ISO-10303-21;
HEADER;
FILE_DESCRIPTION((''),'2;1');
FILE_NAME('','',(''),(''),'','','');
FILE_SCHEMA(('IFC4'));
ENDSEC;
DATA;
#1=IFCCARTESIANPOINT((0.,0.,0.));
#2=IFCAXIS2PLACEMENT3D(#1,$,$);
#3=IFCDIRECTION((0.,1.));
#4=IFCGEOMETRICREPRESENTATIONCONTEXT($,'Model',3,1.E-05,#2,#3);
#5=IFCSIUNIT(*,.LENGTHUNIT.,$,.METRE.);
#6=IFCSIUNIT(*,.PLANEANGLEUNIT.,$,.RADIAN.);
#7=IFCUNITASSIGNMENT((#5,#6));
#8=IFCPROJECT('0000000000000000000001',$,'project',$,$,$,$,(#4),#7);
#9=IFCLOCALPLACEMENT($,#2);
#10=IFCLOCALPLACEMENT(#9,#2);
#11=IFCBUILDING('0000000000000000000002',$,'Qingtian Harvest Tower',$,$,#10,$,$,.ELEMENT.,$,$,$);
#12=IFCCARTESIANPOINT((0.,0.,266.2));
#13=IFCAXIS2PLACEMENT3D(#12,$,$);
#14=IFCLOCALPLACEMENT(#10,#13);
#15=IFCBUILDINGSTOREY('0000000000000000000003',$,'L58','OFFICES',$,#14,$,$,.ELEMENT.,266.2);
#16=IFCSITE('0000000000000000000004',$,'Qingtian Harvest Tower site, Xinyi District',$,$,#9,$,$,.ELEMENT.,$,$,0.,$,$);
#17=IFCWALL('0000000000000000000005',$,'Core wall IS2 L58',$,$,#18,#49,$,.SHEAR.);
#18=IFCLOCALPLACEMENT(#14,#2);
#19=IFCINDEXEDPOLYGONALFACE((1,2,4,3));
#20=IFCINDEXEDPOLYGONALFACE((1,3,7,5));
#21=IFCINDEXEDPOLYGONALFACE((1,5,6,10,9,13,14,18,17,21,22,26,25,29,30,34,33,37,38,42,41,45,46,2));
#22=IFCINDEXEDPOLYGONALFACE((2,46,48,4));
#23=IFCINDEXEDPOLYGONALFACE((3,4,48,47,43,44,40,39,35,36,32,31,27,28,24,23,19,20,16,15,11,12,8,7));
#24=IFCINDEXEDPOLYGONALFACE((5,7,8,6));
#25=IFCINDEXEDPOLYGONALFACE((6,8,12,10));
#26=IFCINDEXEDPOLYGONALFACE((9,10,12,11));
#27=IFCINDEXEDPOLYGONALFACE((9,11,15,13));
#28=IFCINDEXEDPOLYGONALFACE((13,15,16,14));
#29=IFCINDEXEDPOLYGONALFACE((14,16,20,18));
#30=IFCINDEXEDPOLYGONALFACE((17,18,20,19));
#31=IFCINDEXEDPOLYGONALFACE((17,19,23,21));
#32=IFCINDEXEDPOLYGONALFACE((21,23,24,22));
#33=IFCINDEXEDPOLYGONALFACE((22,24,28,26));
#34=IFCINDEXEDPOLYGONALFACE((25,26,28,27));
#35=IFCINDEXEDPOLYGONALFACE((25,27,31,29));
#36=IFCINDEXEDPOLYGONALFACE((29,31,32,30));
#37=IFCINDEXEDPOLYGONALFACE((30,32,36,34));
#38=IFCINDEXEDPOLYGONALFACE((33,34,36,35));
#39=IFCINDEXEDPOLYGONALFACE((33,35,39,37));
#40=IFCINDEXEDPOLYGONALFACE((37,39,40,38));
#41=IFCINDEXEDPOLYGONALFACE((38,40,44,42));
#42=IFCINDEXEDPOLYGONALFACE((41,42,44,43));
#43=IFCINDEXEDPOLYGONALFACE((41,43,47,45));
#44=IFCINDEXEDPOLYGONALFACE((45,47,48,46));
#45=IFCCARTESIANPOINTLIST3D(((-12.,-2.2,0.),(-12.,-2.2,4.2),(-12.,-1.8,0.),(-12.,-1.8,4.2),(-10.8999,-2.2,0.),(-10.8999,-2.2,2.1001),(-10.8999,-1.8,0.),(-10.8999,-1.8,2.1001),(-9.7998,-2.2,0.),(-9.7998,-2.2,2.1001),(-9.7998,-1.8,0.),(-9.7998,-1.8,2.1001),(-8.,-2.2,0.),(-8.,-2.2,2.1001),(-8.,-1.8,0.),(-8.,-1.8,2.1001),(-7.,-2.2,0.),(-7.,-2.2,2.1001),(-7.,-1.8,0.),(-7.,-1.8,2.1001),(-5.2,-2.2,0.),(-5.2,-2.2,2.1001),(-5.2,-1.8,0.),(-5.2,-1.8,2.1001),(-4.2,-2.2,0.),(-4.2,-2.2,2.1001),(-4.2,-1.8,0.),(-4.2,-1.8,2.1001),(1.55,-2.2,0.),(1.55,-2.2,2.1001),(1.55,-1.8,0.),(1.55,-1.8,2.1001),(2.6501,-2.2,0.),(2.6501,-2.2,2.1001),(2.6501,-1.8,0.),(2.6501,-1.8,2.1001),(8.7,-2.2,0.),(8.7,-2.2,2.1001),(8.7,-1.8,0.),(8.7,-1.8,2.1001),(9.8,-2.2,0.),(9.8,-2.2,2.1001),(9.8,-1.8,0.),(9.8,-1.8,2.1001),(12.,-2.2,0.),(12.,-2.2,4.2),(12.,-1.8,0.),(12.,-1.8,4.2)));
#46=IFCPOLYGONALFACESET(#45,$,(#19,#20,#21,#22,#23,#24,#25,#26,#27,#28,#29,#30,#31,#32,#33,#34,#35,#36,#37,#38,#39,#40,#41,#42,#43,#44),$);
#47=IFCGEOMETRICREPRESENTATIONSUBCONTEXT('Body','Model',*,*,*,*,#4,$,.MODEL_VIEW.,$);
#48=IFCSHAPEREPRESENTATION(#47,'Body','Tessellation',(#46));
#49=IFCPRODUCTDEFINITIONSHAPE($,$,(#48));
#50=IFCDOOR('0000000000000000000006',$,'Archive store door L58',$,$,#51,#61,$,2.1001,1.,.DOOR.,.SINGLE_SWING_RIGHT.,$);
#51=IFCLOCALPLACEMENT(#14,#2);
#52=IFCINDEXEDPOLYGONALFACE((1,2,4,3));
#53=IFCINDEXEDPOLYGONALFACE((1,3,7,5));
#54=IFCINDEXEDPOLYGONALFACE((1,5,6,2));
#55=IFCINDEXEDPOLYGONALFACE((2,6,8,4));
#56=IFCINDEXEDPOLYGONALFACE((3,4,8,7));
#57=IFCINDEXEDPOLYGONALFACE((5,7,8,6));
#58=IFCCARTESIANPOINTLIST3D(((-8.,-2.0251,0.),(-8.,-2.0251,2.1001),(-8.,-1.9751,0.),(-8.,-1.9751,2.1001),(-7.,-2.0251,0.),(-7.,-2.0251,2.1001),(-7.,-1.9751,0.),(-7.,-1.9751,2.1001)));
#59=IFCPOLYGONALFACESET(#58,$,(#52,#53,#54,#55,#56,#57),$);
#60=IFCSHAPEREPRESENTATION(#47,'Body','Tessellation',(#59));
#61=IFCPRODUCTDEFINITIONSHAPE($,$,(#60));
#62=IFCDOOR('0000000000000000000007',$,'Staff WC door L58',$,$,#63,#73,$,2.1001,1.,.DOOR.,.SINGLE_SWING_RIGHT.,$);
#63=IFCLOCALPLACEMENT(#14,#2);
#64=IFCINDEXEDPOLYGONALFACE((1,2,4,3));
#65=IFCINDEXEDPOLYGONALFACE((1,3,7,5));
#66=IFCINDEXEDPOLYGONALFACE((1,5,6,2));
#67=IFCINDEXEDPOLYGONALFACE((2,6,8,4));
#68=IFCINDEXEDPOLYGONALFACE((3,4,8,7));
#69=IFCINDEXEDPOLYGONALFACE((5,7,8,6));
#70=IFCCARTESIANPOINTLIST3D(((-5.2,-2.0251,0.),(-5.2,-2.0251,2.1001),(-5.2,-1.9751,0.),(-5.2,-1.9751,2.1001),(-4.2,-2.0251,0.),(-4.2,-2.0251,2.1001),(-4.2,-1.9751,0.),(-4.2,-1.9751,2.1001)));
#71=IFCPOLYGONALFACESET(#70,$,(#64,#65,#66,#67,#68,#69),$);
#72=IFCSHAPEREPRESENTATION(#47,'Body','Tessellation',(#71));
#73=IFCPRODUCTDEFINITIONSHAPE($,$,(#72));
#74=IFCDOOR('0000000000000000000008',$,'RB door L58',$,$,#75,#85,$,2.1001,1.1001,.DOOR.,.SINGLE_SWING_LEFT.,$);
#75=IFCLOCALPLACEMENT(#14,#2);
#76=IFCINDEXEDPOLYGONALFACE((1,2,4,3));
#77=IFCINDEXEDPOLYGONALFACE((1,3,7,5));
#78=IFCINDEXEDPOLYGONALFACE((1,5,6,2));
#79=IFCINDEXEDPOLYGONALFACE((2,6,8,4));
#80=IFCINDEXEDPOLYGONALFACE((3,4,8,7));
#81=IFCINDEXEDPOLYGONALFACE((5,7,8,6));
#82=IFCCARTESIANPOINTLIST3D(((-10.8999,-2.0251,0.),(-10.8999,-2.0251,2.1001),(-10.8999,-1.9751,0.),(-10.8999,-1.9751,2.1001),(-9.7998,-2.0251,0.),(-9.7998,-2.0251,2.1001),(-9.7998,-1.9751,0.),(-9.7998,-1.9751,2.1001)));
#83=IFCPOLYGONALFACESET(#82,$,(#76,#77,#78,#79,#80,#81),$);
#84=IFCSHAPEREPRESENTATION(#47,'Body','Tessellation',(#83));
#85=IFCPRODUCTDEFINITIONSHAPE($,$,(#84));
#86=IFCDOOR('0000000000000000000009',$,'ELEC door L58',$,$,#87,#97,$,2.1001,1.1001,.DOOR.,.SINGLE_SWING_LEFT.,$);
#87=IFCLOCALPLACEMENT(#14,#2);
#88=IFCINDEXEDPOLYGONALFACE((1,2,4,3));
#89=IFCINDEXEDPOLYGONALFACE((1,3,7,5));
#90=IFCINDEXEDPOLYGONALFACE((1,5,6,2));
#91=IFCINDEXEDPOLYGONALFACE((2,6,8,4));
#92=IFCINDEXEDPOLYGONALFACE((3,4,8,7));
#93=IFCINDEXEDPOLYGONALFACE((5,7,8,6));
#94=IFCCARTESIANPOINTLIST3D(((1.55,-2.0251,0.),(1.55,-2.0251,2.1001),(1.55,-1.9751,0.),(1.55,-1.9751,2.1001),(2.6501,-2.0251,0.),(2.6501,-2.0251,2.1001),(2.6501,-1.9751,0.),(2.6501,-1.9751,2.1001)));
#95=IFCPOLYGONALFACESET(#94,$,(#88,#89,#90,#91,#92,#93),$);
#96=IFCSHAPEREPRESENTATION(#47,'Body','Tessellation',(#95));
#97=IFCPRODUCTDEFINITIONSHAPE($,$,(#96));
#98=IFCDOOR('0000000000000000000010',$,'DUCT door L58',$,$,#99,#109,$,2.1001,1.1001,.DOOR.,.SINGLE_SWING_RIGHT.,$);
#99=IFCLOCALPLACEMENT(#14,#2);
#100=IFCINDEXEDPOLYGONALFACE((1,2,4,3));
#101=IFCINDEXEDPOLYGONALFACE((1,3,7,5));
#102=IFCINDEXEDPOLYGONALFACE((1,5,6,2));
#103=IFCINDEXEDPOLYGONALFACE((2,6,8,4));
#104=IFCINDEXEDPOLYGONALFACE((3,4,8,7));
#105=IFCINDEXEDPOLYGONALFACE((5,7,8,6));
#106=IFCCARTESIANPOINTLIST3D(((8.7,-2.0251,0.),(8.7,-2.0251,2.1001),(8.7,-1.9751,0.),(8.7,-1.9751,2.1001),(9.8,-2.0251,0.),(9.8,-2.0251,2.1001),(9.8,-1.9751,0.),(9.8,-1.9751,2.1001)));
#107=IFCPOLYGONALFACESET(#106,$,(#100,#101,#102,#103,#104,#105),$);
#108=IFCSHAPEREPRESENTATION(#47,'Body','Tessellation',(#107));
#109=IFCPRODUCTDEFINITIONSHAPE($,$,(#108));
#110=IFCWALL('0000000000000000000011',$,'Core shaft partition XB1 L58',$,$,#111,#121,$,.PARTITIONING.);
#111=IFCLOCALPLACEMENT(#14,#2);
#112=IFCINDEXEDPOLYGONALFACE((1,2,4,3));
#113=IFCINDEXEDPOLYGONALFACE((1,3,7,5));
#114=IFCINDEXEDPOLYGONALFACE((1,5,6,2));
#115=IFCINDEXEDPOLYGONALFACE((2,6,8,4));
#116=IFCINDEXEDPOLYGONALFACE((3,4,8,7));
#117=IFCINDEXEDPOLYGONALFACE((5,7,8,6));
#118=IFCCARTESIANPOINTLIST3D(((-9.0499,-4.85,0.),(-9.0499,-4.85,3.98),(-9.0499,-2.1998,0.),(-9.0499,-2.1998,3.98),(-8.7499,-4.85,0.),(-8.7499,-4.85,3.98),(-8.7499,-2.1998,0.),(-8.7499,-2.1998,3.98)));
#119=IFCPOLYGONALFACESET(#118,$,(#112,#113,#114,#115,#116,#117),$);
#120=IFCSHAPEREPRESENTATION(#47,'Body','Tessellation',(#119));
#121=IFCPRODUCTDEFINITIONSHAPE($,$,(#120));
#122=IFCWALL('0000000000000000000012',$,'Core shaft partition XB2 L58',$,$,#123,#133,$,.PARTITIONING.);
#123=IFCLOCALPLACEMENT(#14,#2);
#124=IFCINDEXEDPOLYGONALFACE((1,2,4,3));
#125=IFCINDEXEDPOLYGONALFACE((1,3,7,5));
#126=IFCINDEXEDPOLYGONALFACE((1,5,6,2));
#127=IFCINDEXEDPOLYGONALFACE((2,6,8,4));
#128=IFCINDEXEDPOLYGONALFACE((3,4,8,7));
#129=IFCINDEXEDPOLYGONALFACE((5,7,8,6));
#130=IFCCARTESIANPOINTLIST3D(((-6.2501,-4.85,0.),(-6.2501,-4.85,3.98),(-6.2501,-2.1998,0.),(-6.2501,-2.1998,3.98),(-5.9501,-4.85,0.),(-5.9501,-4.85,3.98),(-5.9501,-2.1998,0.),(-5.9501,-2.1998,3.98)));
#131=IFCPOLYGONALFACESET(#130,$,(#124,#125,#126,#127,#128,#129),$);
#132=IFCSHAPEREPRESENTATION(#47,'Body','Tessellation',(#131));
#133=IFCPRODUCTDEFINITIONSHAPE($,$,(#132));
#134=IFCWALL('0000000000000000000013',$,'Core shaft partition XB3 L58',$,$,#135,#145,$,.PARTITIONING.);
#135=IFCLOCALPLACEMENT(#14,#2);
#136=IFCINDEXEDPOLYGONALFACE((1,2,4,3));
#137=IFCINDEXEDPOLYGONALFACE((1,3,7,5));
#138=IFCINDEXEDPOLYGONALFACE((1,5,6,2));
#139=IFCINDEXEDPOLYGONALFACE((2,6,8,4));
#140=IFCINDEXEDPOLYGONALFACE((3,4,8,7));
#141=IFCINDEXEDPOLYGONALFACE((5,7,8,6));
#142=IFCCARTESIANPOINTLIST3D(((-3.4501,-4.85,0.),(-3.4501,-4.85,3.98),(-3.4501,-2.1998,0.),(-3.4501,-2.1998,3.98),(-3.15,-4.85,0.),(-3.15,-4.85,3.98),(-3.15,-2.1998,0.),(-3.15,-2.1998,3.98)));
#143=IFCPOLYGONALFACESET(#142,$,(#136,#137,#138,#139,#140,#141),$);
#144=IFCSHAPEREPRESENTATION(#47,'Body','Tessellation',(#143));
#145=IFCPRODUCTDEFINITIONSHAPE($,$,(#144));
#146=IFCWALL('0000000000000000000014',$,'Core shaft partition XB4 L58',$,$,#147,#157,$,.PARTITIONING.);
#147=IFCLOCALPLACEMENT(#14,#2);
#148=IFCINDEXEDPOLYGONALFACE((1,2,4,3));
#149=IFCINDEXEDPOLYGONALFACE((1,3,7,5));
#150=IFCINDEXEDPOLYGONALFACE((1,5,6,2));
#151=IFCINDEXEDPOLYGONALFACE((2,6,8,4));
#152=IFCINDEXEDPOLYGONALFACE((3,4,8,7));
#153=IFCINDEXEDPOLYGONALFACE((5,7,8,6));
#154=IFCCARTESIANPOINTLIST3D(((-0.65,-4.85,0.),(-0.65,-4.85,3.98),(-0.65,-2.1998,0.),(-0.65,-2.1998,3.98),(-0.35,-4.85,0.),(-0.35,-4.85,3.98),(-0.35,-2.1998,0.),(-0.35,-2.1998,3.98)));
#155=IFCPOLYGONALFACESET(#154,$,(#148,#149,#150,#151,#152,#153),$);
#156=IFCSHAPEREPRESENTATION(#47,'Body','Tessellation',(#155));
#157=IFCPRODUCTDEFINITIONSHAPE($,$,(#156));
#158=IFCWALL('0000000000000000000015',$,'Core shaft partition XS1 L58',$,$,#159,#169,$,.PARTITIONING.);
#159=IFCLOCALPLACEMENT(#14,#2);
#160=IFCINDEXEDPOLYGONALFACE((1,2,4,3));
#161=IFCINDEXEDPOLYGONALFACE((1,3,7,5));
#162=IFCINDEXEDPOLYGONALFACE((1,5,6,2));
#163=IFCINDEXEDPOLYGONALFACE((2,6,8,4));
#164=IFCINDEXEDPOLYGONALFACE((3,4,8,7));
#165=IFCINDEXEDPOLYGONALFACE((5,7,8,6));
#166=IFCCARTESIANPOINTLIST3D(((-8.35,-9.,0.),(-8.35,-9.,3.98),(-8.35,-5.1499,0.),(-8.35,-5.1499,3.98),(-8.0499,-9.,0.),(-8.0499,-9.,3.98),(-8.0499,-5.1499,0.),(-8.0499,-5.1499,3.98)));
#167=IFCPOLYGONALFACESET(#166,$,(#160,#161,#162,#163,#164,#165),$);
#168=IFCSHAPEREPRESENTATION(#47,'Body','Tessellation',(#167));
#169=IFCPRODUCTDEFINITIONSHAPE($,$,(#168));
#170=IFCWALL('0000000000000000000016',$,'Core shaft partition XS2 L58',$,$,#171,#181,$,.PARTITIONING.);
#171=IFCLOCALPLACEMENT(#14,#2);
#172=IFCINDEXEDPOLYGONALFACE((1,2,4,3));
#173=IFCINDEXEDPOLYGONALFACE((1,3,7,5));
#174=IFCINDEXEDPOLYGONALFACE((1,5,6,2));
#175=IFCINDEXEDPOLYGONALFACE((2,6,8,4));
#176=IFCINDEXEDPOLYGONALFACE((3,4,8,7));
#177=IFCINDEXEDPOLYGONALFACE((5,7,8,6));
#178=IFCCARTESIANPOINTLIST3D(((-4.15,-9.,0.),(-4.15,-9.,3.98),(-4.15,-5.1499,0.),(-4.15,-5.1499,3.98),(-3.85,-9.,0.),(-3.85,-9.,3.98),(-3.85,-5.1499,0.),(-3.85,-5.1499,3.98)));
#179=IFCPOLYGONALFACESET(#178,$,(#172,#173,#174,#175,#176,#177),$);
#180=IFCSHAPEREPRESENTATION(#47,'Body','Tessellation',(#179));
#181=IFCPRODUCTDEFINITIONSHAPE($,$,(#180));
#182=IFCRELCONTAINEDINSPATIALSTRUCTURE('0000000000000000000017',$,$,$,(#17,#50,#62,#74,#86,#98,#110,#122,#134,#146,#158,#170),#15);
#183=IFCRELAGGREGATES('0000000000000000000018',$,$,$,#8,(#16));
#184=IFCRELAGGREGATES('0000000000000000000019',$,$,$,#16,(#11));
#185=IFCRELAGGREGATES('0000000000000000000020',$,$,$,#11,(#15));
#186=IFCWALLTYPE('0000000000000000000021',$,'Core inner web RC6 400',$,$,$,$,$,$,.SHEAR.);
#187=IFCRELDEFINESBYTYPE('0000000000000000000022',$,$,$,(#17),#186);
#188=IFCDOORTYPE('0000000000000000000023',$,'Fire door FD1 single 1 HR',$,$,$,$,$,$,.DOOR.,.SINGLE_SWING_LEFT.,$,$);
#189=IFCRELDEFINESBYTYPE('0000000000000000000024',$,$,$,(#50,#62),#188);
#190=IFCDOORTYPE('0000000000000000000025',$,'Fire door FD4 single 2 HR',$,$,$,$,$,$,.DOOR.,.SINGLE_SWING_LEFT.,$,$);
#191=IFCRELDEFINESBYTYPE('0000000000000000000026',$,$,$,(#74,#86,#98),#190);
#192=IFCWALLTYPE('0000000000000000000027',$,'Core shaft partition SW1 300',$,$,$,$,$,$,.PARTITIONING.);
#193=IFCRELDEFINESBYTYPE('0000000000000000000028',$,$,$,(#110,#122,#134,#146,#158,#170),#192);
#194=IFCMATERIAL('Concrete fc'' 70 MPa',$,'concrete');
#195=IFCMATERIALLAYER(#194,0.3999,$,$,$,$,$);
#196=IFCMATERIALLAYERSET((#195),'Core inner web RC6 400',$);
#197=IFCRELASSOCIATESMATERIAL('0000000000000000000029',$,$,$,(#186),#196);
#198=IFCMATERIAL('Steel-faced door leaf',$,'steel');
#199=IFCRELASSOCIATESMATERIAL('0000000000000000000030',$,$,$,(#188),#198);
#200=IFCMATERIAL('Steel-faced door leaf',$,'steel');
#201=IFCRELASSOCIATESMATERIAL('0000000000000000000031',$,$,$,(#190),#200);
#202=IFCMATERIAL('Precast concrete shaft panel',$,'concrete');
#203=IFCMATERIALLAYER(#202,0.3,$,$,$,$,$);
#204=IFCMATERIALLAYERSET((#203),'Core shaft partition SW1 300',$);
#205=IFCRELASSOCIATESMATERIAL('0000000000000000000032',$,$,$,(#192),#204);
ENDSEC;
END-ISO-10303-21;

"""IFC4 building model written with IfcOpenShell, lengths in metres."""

from ifc_helpers import new_model, si_unit, direction, frame, frame_2d, origin, place, context, subcontext, project, spatial, rectangle, extrude, material, layer, layer_set, type_object, element, fill, save


model = new_model("IFC4")

# Units and contexts
model_context = context("Model", 3, precision=1e-05, world=origin(), true_north=direction((0.0, 1.0)))
body_context = subcontext(model_context, "Body", "Model", "MODEL_VIEW")
ifc_project = project(units=[si_unit("LENGTHUNIT", "METRE"), si_unit("PLANEANGLEUNIT", "RADIAN")], contexts=[model_context])

# Site, building, storey
site_placement = place(None, origin())
site = spatial("IfcSite", under=ifc_project, at=site_placement, Name="Qingtian Harvest Tower site, Xinyi District", CompositionType="ELEMENT", RefElevation=0.0)
building_placement = place(site_placement, origin())
building = spatial("IfcBuilding", under=site, at=building_placement, Name="Qingtian Harvest Tower", CompositionType="ELEMENT")
storey_placement = place(building_placement, frame((0.0, 0.0, 266.2)))
storey = spatial("IfcBuildingStorey", under=building, at=storey_placement, Name="L58", Description="OFFICES", CompositionType="ELEMENT", Elevation=266.2)

# Wall, openings, doors
ifc_material_1 = material(Name="Concrete fc' 70 MPa", Category="concrete")
ifc_layer_1 = layer(ifc_material_1, 0.3999)
ifc_layer_set_1 = layer_set([ifc_layer_1], Name="Core inner web RC6 400")
wall_type_1 = type_object("IfcWallType", Name="Core inner web RC6 400", PredefinedType="SHEAR", material=ifc_layer_set_1)
wall_1_placement = place(storey_placement, frame((-12.0, -2.0, 0.0), z_axis=(0.0, 0.0, 1.0), x_axis=(1.0, 0.0, 0.0)))
wall_1 = element("IfcWall", 1, at=wall_1_placement, inside=storey, type_object=wall_type_1, Name="Core wall IS2 L58", PredefinedType="SHEAR", context=body_context, shape_type="SweptSolid", body=[
    extrude(rectangle(XDim=24.0, YDim=0.3999, at=frame_2d((12.0, 0.0))), origin(), (0.0, 0.0, 1.0), 4.2),
])
opening_1_placement = place(wall_1_placement, frame((1.1001, 0.0, 0.0)))
opening_1 = element("IfcOpeningElement", 2, at=opening_1_placement, cuts=wall_1, PredefinedType="OPENING", context=body_context, shape_type="SweptSolid", body=[
    extrude(rectangle(XDim=1.1001, YDim=2.1001, at=frame_2d((0.55, 1.05))), frame((0.0, 0.21, 0.0), z_axis=(0.0, -1.0, 0.0), x_axis=(1.0, 0.0, 0.0)), (0.0, 0.0, 1.0), 0.4199),
])
opening_2_placement = place(wall_1_placement, frame((13.55, 0.0, 0.0)))
opening_2 = element("IfcOpeningElement", 3, at=opening_2_placement, cuts=wall_1, PredefinedType="OPENING", context=body_context, shape_type="SweptSolid", body=[
    extrude(rectangle(XDim=1.1001, YDim=2.1001, at=frame_2d((0.55, 1.05))), frame((0.0, 0.21, 0.0), z_axis=(0.0, -1.0, 0.0), x_axis=(1.0, 0.0, 0.0)), (0.0, 0.0, 1.0), 0.4199),
])
opening_3_placement = place(wall_1_placement, frame((20.7, 0.0, 0.0)))
opening_3 = element("IfcOpeningElement", 4, at=opening_3_placement, cuts=wall_1, PredefinedType="OPENING", context=body_context, shape_type="SweptSolid", body=[
    extrude(rectangle(XDim=1.1001, YDim=2.1001, at=frame_2d((0.55, 1.05))), frame((0.0, 0.21, 0.0), z_axis=(0.0, -1.0, 0.0), x_axis=(1.0, 0.0, 0.0)), (0.0, 0.0, 1.0), 0.4199),
])
opening_4_placement = place(wall_1_placement, frame((4.0, 0.0, 0.0)))
opening_4 = element("IfcOpeningElement", 5, at=opening_4_placement, cuts=wall_1, PredefinedType="OPENING", context=body_context, shape_type="SweptSolid", body=[
    extrude(rectangle(XDim=1.0, YDim=2.1001, at=frame_2d((0.5, 1.05))), frame((0.0, 0.21, 0.0), z_axis=(0.0, -1.0, 0.0), x_axis=(1.0, 0.0, 0.0)), (0.0, 0.0, 1.0), 0.4199),
])
opening_5_placement = place(wall_1_placement, frame((6.8, 0.0, 0.0)))
opening_5 = element("IfcOpeningElement", 6, at=opening_5_placement, cuts=wall_1, PredefinedType="OPENING", context=body_context, shape_type="SweptSolid", body=[
    extrude(rectangle(XDim=1.0, YDim=2.1001, at=frame_2d((0.5, 1.05))), frame((0.0, 0.21, 0.0), z_axis=(0.0, -1.0, 0.0), x_axis=(1.0, 0.0, 0.0)), (0.0, 0.0, 1.0), 0.4199),
])
ifc_material_2 = material(Name="Steel-faced door leaf", Category="steel")
door_type_1 = type_object("IfcDoorType", Name="Fire door FD1 single 1 HR", OperationType="SINGLE_SWING_LEFT", PredefinedType="DOOR", material=ifc_material_2)
door_1_placement = place(opening_4_placement, origin())
door_1 = element("IfcDoor", 7, at=door_1_placement, inside=storey, type_object=door_type_1, Name="Archive store door L58", OperationType="SINGLE_SWING_RIGHT", OverallHeight=2.1001, OverallWidth=1.0, PredefinedType="DOOR", context=body_context, shape_type="SweptSolid", body=[
    extrude(rectangle(XDim=1.0, YDim=2.1001, at=frame_2d((0.5, 1.05))), frame((0.0, 0.0249, 0.0), z_axis=(0.0, -1.0, 0.0), x_axis=(1.0, 0.0, 0.0)), (0.0, 0.0, 1.0), 0.05),
])
fill(opening_4, door_1)
door_2_placement = place(opening_5_placement, origin())
door_2 = element("IfcDoor", 8, at=door_2_placement, inside=storey, type_object=door_type_1, Name="Staff WC door L58", OperationType="SINGLE_SWING_RIGHT", OverallHeight=2.1001, OverallWidth=1.0, PredefinedType="DOOR", context=body_context, shape_type="SweptSolid", body=[
    extrude(rectangle(XDim=1.0, YDim=2.1001, at=frame_2d((0.5, 1.05))), frame((0.0, 0.0249, 0.0), z_axis=(0.0, -1.0, 0.0), x_axis=(1.0, 0.0, 0.0)), (0.0, 0.0, 1.0), 0.05),
])
fill(opening_5, door_2)
ifc_material_3 = material(Name="Steel-faced door leaf", Category="steel")
door_type_2 = type_object("IfcDoorType", Name="Fire door FD4 single 2 HR", OperationType="SINGLE_SWING_LEFT", PredefinedType="DOOR", material=ifc_material_3)
door_3_placement = place(opening_1_placement, origin())
door_3 = element("IfcDoor", 9, at=door_3_placement, inside=storey, type_object=door_type_2, Name="RB door L58", OperationType="SINGLE_SWING_LEFT", OverallHeight=2.1001, OverallWidth=1.1001, PredefinedType="DOOR", context=body_context, shape_type="SweptSolid", body=[
    extrude(rectangle(XDim=1.1001, YDim=2.1001, at=frame_2d((0.55, 1.05))), frame((0.0, 0.0249, 0.0), z_axis=(0.0, -1.0, 0.0), x_axis=(1.0, 0.0, 0.0)), (0.0, 0.0, 1.0), 0.05),
])
fill(opening_1, door_3)
door_4_placement = place(opening_2_placement, origin())
door_4 = element("IfcDoor", 10, at=door_4_placement, inside=storey, type_object=door_type_2, Name="ELEC door L58", OperationType="SINGLE_SWING_LEFT", OverallHeight=2.1001, OverallWidth=1.1001, PredefinedType="DOOR", context=body_context, shape_type="SweptSolid", body=[
    extrude(rectangle(XDim=1.1001, YDim=2.1001, at=frame_2d((0.55, 1.05))), frame((0.0, 0.0249, 0.0), z_axis=(0.0, -1.0, 0.0), x_axis=(1.0, 0.0, 0.0)), (0.0, 0.0, 1.0), 0.05),
])
fill(opening_2, door_4)
door_5_placement = place(opening_3_placement, origin())
door_5 = element("IfcDoor", 11, at=door_5_placement, inside=storey, type_object=door_type_2, Name="DUCT door L58", OperationType="SINGLE_SWING_RIGHT", OverallHeight=2.1001, OverallWidth=1.1001, PredefinedType="DOOR", context=body_context, shape_type="SweptSolid", body=[
    extrude(rectangle(XDim=1.1001, YDim=2.1001, at=frame_2d((0.55, 1.05))), frame((0.0, 0.0249, 0.0), z_axis=(0.0, -1.0, 0.0), x_axis=(1.0, 0.0, 0.0)), (0.0, 0.0, 1.0), 0.05),
])
fill(opening_3, door_5)

# Walls
ifc_material_4 = material(Name="Precast concrete shaft panel", Category="concrete")
ifc_layer_2 = layer(ifc_material_4, 0.3)
ifc_layer_set_2 = layer_set([ifc_layer_2], Name="Core shaft partition SW1 300")
wall_type_2 = type_object("IfcWallType", Name="Core shaft partition SW1 300", PredefinedType="PARTITIONING", material=ifc_layer_set_2)
for number, where, z_axis, x_axis, name in (
    (12, (-8.8999, -4.8501, 0.0), (0.0, 0.0, 1.0), (0.0, 1.0, 0.0), "Core shaft partition XB1 L58"),
    (13, (-6.1001, -4.8501, 0.0), (0.0, 0.0, 1.0), (0.0, 1.0, 0.0), "Core shaft partition XB2 L58"),
    (14, (-3.3, -4.8501, 0.0), (0.0, 0.0, 1.0), (0.0, 1.0, 0.0), "Core shaft partition XB3 L58"),
    (15, (-0.5, -4.8501, 0.0), (0.0, 0.0, 1.0), (0.0, 1.0, 0.0), "Core shaft partition XB4 L58"),
):
    element("IfcWall", number, at=place(storey_placement, frame(where, z_axis=z_axis, x_axis=x_axis)), inside=storey, type_object=wall_type_2, Name=name, PredefinedType="PARTITIONING", context=body_context, shape_type="SweptSolid", body=[
        extrude(rectangle(XDim=2.6501, YDim=0.3, at=frame_2d((1.3252, 0.0))), origin(), (0.0, 0.0, 1.0), 3.98),
    ])
for number, where, z_axis, x_axis, name in (
    (16, (-8.2, -9.0, 0.0), (0.0, 0.0, 1.0), (0.0, 1.0, 0.0), "Core shaft partition XS1 L58"),
    (17, (-4.0, -9.0, 0.0), (0.0, 0.0, 1.0), (0.0, 1.0, 0.0), "Core shaft partition XS2 L58"),
):
    element("IfcWall", number, at=place(storey_placement, frame(where, z_axis=z_axis, x_axis=x_axis)), inside=storey, type_object=wall_type_2, Name=name, PredefinedType="PARTITIONING", context=body_context, shape_type="SweptSolid", body=[
        extrude(rectangle(XDim=3.8501, YDim=0.3, at=frame_2d((1.925, 0.0))), origin(), (0.0, 0.0, 1.0), 3.98),
    ])

save(model, "model.ifc")
